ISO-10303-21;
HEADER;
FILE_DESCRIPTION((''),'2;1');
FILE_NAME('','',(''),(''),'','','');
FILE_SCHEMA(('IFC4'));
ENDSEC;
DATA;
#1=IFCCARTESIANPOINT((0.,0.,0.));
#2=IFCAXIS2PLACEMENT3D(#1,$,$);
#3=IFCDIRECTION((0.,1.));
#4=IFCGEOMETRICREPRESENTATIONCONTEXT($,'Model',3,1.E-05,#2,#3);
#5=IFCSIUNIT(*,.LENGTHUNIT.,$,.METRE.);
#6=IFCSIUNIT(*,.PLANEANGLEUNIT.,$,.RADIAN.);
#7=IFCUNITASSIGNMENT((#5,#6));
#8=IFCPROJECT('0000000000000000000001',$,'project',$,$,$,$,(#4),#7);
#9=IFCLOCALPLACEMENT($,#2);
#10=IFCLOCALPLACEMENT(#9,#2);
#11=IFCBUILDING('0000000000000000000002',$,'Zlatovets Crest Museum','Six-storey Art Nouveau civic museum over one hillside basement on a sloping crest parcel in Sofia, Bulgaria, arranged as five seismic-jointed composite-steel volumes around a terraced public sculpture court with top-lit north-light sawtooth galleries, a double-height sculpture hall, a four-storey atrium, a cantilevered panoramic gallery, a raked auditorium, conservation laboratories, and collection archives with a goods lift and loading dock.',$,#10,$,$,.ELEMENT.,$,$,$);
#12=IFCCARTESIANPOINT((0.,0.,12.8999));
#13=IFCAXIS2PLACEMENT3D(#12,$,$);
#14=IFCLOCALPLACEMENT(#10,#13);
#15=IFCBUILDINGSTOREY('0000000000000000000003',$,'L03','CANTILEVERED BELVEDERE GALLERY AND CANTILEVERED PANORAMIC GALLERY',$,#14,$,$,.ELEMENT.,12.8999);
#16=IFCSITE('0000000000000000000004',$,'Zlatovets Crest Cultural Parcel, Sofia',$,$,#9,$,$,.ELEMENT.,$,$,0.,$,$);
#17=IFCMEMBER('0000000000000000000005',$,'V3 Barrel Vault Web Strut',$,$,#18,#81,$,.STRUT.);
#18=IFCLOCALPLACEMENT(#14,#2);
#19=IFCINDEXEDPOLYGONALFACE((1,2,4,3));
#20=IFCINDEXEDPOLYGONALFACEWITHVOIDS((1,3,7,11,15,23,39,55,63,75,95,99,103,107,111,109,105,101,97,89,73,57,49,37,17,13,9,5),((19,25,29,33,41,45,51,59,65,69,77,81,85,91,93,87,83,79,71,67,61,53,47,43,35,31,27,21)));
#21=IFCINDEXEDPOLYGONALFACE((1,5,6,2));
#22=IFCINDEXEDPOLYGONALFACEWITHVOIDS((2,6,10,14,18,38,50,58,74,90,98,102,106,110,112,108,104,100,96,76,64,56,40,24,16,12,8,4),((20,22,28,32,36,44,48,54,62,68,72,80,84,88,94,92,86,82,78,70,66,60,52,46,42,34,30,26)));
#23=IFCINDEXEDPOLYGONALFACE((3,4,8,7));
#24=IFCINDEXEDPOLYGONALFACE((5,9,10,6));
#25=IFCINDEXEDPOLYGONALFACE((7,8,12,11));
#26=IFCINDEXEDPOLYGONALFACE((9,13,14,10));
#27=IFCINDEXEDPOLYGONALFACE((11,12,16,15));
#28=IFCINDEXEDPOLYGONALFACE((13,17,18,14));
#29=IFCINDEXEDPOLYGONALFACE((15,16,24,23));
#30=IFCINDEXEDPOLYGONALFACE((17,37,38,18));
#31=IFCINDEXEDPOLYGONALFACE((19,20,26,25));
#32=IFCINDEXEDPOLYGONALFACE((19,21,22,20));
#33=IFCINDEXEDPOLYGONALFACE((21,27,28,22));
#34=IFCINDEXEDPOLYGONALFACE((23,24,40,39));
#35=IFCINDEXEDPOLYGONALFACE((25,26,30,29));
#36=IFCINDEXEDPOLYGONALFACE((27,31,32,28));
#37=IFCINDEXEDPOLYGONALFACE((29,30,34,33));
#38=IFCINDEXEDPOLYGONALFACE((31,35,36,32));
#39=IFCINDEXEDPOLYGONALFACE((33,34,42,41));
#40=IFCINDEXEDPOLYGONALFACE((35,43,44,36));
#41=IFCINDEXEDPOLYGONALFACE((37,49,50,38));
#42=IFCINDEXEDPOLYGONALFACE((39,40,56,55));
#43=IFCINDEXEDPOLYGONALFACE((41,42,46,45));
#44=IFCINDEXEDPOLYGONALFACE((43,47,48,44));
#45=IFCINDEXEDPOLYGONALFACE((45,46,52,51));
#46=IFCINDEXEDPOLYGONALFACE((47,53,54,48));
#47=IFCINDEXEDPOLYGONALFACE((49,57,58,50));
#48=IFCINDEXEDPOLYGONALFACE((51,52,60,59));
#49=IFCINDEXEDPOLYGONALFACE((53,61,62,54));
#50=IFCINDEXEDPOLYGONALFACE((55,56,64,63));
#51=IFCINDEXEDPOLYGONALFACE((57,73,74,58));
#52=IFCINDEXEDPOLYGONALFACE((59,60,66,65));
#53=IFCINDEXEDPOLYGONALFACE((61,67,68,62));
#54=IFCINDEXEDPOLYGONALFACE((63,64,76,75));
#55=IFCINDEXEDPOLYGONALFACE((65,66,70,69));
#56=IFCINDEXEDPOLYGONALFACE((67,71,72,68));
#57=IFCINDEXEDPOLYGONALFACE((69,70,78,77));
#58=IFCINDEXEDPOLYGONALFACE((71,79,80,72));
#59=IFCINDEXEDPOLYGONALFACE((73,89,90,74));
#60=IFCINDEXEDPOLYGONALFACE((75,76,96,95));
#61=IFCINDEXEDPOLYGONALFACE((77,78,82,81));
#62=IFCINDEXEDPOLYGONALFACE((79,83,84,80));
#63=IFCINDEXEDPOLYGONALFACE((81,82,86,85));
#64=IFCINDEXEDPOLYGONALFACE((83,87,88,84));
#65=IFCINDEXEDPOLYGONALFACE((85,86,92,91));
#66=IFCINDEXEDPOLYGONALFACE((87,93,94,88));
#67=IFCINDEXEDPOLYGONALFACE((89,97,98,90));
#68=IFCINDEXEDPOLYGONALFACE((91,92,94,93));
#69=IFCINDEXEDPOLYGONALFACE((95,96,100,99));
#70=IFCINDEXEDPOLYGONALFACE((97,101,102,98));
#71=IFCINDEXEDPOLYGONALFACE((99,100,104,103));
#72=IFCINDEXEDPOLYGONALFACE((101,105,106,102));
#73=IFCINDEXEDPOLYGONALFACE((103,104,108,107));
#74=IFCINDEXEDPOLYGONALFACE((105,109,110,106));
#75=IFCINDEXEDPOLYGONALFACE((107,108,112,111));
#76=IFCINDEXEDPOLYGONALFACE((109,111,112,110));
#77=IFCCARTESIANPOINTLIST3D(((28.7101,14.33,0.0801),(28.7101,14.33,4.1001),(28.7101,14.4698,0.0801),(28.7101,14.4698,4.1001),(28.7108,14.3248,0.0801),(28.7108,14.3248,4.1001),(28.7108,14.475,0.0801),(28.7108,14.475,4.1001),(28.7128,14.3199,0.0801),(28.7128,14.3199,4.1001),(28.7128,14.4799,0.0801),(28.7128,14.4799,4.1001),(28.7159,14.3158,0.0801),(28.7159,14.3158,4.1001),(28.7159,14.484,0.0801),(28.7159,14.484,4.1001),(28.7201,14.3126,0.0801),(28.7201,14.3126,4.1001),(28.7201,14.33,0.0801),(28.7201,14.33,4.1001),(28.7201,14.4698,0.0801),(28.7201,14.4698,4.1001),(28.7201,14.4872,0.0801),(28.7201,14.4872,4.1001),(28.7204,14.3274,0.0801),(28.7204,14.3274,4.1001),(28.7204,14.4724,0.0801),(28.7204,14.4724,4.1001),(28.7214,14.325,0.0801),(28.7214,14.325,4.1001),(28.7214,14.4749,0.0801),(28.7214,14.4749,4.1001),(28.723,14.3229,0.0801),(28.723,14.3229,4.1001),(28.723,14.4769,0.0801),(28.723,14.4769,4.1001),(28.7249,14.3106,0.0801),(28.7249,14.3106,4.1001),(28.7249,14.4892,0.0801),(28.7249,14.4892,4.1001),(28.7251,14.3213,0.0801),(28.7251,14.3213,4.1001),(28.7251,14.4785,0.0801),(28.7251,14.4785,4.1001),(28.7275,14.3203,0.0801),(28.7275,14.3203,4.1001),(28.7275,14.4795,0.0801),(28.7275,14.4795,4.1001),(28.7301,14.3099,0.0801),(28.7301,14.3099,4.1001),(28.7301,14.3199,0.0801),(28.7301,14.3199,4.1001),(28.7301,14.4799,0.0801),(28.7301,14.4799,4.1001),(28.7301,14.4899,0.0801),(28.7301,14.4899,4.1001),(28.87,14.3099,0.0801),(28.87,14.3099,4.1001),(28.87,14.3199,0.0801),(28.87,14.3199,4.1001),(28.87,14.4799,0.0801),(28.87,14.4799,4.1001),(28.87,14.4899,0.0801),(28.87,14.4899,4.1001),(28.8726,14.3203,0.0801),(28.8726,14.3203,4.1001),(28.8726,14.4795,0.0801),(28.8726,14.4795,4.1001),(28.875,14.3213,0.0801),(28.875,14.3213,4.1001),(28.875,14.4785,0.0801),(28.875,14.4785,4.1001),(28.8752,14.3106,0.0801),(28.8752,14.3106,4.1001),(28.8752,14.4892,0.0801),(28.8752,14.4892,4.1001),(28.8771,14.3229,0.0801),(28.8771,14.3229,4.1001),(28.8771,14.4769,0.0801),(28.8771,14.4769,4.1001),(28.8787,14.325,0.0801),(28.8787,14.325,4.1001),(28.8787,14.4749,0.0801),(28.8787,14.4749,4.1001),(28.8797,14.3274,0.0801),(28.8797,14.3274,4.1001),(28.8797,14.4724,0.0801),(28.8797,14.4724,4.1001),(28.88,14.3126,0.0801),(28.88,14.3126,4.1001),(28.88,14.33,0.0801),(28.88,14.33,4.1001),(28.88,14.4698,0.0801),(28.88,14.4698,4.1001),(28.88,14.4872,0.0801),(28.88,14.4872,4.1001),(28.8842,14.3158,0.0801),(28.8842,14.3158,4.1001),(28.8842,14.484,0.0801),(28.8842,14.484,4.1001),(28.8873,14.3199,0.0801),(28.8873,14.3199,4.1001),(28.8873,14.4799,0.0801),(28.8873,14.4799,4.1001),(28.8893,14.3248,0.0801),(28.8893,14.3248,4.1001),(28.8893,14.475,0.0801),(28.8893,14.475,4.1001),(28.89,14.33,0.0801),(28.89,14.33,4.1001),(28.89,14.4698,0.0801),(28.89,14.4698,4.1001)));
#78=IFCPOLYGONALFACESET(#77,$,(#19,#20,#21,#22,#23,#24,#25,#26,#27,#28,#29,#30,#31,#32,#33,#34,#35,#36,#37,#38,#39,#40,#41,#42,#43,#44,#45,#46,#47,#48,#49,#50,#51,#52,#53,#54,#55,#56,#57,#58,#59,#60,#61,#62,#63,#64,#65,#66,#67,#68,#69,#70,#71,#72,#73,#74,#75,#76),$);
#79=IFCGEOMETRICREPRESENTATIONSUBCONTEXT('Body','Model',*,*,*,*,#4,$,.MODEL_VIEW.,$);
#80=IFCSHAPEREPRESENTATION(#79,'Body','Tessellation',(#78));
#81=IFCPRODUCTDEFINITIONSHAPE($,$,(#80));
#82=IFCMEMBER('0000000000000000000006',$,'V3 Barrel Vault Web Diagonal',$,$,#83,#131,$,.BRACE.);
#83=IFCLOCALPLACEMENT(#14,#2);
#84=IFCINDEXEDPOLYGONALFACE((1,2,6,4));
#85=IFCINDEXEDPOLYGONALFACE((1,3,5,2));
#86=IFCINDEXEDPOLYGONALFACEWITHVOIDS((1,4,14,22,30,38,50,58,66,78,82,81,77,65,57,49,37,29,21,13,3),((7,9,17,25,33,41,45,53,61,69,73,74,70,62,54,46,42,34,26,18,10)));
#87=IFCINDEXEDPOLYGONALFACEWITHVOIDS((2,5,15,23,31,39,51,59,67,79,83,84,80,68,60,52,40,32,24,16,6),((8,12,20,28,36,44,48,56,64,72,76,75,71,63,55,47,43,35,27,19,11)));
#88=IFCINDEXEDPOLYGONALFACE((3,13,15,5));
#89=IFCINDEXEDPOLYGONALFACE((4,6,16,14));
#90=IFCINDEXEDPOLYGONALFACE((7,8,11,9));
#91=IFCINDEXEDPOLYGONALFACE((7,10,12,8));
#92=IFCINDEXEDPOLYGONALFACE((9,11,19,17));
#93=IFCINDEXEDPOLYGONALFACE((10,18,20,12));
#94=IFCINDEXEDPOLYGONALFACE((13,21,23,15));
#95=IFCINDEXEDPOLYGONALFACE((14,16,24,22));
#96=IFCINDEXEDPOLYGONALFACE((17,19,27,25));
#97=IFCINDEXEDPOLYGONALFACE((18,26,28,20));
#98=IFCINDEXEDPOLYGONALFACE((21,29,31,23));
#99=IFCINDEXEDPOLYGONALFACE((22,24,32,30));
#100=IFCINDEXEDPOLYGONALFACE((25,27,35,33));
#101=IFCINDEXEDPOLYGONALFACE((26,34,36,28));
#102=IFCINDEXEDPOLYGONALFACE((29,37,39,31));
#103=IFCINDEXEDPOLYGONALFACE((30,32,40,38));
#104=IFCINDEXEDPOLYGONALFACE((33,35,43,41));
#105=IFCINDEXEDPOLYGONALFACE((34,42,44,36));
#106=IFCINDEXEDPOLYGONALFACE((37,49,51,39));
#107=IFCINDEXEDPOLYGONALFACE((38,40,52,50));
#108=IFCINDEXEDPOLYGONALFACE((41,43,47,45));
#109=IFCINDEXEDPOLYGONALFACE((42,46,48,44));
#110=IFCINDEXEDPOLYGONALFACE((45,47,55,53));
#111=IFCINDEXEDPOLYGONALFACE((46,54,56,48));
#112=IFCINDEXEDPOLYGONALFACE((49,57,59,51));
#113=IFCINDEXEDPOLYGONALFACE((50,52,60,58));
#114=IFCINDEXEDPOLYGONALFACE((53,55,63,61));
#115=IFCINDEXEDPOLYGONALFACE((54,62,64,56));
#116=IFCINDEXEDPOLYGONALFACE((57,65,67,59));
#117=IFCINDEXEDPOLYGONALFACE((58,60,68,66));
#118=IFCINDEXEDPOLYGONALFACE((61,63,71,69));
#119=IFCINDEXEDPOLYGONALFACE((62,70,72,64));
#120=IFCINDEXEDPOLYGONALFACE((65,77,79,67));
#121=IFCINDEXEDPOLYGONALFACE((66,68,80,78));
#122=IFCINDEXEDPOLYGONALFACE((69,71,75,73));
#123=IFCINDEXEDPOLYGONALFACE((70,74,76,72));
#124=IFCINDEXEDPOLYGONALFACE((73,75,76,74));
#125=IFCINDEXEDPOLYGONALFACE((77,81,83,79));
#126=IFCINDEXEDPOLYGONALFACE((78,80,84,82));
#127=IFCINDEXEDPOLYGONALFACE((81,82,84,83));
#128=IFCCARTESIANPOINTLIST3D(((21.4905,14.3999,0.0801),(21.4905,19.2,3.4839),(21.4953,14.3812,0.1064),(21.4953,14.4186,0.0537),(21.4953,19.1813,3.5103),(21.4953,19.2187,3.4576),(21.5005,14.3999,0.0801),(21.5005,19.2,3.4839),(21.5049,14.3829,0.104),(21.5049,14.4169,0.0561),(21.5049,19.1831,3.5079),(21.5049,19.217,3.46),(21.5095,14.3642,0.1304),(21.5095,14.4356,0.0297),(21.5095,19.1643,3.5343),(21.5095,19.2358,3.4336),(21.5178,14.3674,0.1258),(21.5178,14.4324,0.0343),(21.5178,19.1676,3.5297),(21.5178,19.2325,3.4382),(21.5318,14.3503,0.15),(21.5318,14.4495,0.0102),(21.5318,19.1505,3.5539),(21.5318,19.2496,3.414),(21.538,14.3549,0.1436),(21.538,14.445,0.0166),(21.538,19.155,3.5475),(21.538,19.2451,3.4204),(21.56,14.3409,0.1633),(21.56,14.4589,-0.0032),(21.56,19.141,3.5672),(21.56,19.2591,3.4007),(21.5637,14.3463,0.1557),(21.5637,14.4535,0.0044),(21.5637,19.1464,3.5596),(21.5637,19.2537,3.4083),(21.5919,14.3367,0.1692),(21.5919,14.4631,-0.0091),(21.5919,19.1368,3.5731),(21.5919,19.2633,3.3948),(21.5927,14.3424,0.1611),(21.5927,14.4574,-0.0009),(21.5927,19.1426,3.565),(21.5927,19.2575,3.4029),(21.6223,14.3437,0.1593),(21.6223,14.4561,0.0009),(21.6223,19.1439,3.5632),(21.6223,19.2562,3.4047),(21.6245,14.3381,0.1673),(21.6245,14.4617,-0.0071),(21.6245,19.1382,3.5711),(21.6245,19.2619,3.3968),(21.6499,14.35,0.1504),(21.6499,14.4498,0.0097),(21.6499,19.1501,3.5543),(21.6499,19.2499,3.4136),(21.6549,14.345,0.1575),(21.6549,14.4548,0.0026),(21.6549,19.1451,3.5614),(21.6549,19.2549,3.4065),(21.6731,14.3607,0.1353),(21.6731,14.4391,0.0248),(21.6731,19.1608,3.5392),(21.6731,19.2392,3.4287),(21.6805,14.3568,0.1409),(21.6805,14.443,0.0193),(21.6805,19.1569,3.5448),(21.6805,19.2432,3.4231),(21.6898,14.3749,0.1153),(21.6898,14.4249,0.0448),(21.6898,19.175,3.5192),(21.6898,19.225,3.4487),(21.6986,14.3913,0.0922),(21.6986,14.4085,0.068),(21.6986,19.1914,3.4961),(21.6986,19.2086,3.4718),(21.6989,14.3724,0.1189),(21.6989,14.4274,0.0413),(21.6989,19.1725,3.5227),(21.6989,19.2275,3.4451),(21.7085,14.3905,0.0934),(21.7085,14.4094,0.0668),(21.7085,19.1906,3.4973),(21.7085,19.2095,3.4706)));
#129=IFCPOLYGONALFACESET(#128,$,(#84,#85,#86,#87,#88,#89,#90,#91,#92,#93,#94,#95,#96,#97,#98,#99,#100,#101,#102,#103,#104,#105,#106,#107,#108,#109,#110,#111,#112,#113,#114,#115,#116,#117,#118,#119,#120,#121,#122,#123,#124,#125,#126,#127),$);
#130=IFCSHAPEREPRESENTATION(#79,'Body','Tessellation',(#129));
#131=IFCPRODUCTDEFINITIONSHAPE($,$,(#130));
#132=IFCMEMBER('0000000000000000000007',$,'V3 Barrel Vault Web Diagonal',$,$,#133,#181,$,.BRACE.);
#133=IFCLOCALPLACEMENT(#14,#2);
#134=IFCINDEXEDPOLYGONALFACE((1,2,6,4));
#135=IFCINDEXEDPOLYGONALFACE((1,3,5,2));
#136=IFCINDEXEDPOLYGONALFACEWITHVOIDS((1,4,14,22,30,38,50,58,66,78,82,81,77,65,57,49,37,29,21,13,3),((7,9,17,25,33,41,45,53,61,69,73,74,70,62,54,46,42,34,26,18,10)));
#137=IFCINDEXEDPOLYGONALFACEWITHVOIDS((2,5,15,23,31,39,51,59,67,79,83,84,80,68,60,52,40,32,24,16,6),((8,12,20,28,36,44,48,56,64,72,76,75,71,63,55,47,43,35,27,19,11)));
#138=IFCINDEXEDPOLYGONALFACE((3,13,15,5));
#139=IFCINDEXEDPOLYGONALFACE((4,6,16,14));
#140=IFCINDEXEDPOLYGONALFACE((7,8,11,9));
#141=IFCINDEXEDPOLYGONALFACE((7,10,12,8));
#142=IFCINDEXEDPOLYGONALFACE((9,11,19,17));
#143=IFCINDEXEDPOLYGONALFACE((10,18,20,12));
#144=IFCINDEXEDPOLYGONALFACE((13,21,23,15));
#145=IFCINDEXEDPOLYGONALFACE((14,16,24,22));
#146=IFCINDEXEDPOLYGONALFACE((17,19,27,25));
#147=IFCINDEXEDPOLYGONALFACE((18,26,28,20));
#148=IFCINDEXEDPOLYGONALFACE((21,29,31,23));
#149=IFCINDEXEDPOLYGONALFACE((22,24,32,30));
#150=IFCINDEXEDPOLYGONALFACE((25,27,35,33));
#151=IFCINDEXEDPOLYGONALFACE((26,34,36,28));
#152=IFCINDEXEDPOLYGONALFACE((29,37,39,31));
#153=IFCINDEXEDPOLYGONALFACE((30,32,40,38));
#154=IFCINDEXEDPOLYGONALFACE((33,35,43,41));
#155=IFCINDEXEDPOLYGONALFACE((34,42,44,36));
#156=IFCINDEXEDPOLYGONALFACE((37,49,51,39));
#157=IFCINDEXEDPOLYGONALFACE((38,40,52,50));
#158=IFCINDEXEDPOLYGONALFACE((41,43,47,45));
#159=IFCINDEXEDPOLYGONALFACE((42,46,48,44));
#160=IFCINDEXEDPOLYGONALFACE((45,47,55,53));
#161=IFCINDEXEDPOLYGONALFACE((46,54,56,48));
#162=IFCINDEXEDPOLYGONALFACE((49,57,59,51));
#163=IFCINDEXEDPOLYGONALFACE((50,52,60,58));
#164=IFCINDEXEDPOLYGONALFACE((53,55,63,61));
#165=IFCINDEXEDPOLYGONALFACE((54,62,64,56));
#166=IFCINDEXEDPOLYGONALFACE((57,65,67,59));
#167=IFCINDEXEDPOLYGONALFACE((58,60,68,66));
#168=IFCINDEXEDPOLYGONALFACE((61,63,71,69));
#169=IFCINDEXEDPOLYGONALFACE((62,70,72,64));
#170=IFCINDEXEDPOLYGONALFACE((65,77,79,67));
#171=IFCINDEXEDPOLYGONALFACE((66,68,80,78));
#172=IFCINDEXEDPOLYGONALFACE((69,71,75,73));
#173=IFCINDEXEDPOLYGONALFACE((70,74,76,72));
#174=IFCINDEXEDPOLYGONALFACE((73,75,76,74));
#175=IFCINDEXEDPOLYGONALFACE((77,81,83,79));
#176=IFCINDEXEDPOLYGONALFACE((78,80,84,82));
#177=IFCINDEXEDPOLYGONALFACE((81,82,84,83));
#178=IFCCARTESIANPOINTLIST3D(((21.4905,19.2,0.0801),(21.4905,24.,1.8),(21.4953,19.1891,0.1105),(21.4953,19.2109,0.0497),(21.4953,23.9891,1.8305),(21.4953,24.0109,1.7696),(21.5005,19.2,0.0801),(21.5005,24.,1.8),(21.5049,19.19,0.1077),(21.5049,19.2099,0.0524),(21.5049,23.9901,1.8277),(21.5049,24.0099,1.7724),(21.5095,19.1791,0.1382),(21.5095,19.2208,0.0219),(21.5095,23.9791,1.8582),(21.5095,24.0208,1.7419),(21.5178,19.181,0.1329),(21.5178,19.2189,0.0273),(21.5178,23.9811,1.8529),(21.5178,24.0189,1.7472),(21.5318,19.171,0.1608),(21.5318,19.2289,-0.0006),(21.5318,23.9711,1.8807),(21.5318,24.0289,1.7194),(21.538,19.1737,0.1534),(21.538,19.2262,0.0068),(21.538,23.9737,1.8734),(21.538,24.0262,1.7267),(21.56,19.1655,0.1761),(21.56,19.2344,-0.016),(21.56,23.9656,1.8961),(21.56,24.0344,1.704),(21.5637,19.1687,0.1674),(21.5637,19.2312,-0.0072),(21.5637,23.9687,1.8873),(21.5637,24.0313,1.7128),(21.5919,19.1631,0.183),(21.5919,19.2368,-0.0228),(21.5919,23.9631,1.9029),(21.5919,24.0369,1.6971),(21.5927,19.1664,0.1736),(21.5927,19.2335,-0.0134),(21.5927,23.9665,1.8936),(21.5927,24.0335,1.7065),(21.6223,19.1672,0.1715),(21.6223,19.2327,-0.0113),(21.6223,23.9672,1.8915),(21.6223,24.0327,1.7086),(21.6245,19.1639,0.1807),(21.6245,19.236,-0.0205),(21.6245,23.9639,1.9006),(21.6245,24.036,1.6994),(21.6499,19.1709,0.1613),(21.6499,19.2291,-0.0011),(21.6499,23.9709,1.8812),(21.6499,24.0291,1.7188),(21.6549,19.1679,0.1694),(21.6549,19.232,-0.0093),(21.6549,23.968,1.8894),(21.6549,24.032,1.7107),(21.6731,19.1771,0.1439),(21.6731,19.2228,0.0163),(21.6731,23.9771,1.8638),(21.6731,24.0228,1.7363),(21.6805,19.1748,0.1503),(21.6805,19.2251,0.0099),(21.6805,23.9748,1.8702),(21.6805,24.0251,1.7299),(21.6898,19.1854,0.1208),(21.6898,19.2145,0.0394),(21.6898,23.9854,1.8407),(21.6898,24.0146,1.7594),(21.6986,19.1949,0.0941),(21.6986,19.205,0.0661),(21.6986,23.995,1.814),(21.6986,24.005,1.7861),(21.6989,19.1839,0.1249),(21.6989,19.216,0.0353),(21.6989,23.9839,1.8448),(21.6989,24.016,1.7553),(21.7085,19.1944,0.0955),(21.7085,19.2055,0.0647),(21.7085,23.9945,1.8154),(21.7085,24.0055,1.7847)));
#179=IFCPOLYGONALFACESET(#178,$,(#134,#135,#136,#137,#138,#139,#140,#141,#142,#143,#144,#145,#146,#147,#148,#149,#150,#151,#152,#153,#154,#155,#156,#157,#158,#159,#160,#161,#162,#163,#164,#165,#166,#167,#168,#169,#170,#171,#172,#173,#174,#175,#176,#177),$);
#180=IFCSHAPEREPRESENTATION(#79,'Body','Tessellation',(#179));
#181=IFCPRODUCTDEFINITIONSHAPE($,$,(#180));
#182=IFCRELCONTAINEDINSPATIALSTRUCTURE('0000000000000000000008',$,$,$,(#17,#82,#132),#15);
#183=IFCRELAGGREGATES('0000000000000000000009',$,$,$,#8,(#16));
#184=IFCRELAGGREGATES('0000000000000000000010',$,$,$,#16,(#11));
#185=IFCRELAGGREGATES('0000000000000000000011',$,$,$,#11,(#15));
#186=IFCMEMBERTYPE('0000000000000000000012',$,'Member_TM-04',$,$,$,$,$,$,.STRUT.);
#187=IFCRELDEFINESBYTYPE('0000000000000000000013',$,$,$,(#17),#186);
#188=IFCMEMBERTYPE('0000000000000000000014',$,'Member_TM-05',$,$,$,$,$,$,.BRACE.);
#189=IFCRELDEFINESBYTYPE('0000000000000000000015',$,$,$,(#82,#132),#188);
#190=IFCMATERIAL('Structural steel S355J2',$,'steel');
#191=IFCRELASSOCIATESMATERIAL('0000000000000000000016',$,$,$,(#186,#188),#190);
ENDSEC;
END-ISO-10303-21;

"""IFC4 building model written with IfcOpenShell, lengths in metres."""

from ifc_helpers import new_model, si_unit, direction, frame, origin, origin_2d, place, context, subcontext, project, spatial, hollow_rectangle, hollow_circle, extrude, material, material_profile, profile_set, type_object, element, save


model = new_model("IFC4")

# Units and contexts
model_context = context("Model", 3, precision=1e-05, world=origin(), true_north=direction((0.0, 1.0)))
body_context = subcontext(model_context, "Body", "Model", "MODEL_VIEW")
ifc_project = project(units=[si_unit("LENGTHUNIT", "METRE"), si_unit("PLANEANGLEUNIT", "RADIAN")], contexts=[model_context])

# Site, building, storey
site_placement = place(None, origin())
site = spatial("IfcSite", under=ifc_project, at=site_placement, Name="Zlatovets Crest Cultural Parcel, Sofia", CompositionType="ELEMENT", RefElevation=0.0)
building_placement = place(site_placement, origin())
building = spatial("IfcBuilding", under=site, at=building_placement, Name="Zlatovets Crest Museum", Description="Six-storey Art Nouveau civic museum over one hillside basement on a sloping crest parcel in Sofia, Bulgaria, arranged as five seismic-jointed composite-steel volumes around a terraced public sculpture court with top-lit north-light sawtooth galleries, a double-height sculpture hall, a four-storey atrium, a cantilevered panoramic gallery, a raked auditorium, conservation laboratories, and collection archives with a goods lift and loading dock.", CompositionType="ELEMENT")
storey_placement = place(building_placement, frame((0.0, 0.0, 12.8999)))
storey = spatial("IfcBuildingStorey", under=building, at=storey_placement, Name="L03", Description="CANTILEVERED BELVEDERE GALLERY AND CANTILEVERED PANORAMIC GALLERY", CompositionType="ELEMENT", Elevation=12.8999)

# Shared definitions
ifc_material_1 = material(Name="Structural steel S355J2", Category="steel")

# Members
ifc_material_profile_1 = material_profile(ifc_material_1, hollow_rectangle(XDim=0.1799, YDim=0.1799, WallThickness=0.01, InnerFilletRadius=0.01, OuterFilletRadius=0.02, at=origin_2d()), Name="SHS 180x180x10.0")
ifc_profile_set_1 = profile_set([ifc_material_profile_1], Name="Structural steel S355J2")
member_type_1 = type_object("IfcMemberType", Name="Member_TM-04", PredefinedType="STRUT", material=ifc_profile_set_1)
member_1_placement = place(storey_placement, frame((28.8, 14.3999, 0.0801), z_axis=(0.0, 0.0, 1.0), x_axis=(1.0, 0.0, 0.0)))
element("IfcMember", 1, at=member_1_placement, inside=storey, type_object=member_type_1, Name="V3 Barrel Vault Web Strut", PredefinedType="STRUT", context=body_context, shape_type="SweptSolid", body=[
    extrude(hollow_rectangle(XDim=0.1799, YDim=0.1799, WallThickness=0.01, InnerFilletRadius=0.01, OuterFilletRadius=0.02, at=origin_2d()), origin(), (0.0, 0.0, 1.0), 4.02),
])
ifc_material_profile_2 = material_profile(ifc_material_1, hollow_circle(Radius=0.1096, WallThickness=0.01, at=origin_2d()), Name="CHS 219.1x10.0")
ifc_profile_set_2 = profile_set([ifc_material_profile_2], Name="Structural steel S355J2")
member_type_2 = type_object("IfcMemberType", Name="Member_TM-05", PredefinedType="BRACE", material=ifc_profile_set_2)
member_2_placement = place(storey_placement, frame((21.6001, 14.3999, 0.0801), z_axis=(0.0, 0.815722, 0.578444), x_axis=(-1.0, 0.0, 0.0)))
element("IfcMember", 2, at=member_2_placement, inside=storey, type_object=member_type_2, Name="V3 Barrel Vault Web Diagonal", PredefinedType="BRACE", context=body_context, shape_type="SweptSolid", body=[
    extrude(hollow_circle(Radius=0.1096, WallThickness=0.01, at=origin_2d()), origin(), (0.0, 0.0, 1.0), 5.8845),
])
member_3_placement = place(storey_placement, frame((21.6001, 19.2, 0.0801), z_axis=(0.0, 0.941389, 0.337322), x_axis=(-1.0, 0.0, 0.0)))
element("IfcMember", 3, at=member_3_placement, inside=storey, type_object=member_type_2, Name="V3 Barrel Vault Web Diagonal", PredefinedType="BRACE", context=body_context, shape_type="SweptSolid", body=[
    extrude(hollow_circle(Radius=0.1096, WallThickness=0.01, at=origin_2d()), origin(), (0.0, 0.0, 1.0), 5.0989),
])

save(model, "model.ifc")
